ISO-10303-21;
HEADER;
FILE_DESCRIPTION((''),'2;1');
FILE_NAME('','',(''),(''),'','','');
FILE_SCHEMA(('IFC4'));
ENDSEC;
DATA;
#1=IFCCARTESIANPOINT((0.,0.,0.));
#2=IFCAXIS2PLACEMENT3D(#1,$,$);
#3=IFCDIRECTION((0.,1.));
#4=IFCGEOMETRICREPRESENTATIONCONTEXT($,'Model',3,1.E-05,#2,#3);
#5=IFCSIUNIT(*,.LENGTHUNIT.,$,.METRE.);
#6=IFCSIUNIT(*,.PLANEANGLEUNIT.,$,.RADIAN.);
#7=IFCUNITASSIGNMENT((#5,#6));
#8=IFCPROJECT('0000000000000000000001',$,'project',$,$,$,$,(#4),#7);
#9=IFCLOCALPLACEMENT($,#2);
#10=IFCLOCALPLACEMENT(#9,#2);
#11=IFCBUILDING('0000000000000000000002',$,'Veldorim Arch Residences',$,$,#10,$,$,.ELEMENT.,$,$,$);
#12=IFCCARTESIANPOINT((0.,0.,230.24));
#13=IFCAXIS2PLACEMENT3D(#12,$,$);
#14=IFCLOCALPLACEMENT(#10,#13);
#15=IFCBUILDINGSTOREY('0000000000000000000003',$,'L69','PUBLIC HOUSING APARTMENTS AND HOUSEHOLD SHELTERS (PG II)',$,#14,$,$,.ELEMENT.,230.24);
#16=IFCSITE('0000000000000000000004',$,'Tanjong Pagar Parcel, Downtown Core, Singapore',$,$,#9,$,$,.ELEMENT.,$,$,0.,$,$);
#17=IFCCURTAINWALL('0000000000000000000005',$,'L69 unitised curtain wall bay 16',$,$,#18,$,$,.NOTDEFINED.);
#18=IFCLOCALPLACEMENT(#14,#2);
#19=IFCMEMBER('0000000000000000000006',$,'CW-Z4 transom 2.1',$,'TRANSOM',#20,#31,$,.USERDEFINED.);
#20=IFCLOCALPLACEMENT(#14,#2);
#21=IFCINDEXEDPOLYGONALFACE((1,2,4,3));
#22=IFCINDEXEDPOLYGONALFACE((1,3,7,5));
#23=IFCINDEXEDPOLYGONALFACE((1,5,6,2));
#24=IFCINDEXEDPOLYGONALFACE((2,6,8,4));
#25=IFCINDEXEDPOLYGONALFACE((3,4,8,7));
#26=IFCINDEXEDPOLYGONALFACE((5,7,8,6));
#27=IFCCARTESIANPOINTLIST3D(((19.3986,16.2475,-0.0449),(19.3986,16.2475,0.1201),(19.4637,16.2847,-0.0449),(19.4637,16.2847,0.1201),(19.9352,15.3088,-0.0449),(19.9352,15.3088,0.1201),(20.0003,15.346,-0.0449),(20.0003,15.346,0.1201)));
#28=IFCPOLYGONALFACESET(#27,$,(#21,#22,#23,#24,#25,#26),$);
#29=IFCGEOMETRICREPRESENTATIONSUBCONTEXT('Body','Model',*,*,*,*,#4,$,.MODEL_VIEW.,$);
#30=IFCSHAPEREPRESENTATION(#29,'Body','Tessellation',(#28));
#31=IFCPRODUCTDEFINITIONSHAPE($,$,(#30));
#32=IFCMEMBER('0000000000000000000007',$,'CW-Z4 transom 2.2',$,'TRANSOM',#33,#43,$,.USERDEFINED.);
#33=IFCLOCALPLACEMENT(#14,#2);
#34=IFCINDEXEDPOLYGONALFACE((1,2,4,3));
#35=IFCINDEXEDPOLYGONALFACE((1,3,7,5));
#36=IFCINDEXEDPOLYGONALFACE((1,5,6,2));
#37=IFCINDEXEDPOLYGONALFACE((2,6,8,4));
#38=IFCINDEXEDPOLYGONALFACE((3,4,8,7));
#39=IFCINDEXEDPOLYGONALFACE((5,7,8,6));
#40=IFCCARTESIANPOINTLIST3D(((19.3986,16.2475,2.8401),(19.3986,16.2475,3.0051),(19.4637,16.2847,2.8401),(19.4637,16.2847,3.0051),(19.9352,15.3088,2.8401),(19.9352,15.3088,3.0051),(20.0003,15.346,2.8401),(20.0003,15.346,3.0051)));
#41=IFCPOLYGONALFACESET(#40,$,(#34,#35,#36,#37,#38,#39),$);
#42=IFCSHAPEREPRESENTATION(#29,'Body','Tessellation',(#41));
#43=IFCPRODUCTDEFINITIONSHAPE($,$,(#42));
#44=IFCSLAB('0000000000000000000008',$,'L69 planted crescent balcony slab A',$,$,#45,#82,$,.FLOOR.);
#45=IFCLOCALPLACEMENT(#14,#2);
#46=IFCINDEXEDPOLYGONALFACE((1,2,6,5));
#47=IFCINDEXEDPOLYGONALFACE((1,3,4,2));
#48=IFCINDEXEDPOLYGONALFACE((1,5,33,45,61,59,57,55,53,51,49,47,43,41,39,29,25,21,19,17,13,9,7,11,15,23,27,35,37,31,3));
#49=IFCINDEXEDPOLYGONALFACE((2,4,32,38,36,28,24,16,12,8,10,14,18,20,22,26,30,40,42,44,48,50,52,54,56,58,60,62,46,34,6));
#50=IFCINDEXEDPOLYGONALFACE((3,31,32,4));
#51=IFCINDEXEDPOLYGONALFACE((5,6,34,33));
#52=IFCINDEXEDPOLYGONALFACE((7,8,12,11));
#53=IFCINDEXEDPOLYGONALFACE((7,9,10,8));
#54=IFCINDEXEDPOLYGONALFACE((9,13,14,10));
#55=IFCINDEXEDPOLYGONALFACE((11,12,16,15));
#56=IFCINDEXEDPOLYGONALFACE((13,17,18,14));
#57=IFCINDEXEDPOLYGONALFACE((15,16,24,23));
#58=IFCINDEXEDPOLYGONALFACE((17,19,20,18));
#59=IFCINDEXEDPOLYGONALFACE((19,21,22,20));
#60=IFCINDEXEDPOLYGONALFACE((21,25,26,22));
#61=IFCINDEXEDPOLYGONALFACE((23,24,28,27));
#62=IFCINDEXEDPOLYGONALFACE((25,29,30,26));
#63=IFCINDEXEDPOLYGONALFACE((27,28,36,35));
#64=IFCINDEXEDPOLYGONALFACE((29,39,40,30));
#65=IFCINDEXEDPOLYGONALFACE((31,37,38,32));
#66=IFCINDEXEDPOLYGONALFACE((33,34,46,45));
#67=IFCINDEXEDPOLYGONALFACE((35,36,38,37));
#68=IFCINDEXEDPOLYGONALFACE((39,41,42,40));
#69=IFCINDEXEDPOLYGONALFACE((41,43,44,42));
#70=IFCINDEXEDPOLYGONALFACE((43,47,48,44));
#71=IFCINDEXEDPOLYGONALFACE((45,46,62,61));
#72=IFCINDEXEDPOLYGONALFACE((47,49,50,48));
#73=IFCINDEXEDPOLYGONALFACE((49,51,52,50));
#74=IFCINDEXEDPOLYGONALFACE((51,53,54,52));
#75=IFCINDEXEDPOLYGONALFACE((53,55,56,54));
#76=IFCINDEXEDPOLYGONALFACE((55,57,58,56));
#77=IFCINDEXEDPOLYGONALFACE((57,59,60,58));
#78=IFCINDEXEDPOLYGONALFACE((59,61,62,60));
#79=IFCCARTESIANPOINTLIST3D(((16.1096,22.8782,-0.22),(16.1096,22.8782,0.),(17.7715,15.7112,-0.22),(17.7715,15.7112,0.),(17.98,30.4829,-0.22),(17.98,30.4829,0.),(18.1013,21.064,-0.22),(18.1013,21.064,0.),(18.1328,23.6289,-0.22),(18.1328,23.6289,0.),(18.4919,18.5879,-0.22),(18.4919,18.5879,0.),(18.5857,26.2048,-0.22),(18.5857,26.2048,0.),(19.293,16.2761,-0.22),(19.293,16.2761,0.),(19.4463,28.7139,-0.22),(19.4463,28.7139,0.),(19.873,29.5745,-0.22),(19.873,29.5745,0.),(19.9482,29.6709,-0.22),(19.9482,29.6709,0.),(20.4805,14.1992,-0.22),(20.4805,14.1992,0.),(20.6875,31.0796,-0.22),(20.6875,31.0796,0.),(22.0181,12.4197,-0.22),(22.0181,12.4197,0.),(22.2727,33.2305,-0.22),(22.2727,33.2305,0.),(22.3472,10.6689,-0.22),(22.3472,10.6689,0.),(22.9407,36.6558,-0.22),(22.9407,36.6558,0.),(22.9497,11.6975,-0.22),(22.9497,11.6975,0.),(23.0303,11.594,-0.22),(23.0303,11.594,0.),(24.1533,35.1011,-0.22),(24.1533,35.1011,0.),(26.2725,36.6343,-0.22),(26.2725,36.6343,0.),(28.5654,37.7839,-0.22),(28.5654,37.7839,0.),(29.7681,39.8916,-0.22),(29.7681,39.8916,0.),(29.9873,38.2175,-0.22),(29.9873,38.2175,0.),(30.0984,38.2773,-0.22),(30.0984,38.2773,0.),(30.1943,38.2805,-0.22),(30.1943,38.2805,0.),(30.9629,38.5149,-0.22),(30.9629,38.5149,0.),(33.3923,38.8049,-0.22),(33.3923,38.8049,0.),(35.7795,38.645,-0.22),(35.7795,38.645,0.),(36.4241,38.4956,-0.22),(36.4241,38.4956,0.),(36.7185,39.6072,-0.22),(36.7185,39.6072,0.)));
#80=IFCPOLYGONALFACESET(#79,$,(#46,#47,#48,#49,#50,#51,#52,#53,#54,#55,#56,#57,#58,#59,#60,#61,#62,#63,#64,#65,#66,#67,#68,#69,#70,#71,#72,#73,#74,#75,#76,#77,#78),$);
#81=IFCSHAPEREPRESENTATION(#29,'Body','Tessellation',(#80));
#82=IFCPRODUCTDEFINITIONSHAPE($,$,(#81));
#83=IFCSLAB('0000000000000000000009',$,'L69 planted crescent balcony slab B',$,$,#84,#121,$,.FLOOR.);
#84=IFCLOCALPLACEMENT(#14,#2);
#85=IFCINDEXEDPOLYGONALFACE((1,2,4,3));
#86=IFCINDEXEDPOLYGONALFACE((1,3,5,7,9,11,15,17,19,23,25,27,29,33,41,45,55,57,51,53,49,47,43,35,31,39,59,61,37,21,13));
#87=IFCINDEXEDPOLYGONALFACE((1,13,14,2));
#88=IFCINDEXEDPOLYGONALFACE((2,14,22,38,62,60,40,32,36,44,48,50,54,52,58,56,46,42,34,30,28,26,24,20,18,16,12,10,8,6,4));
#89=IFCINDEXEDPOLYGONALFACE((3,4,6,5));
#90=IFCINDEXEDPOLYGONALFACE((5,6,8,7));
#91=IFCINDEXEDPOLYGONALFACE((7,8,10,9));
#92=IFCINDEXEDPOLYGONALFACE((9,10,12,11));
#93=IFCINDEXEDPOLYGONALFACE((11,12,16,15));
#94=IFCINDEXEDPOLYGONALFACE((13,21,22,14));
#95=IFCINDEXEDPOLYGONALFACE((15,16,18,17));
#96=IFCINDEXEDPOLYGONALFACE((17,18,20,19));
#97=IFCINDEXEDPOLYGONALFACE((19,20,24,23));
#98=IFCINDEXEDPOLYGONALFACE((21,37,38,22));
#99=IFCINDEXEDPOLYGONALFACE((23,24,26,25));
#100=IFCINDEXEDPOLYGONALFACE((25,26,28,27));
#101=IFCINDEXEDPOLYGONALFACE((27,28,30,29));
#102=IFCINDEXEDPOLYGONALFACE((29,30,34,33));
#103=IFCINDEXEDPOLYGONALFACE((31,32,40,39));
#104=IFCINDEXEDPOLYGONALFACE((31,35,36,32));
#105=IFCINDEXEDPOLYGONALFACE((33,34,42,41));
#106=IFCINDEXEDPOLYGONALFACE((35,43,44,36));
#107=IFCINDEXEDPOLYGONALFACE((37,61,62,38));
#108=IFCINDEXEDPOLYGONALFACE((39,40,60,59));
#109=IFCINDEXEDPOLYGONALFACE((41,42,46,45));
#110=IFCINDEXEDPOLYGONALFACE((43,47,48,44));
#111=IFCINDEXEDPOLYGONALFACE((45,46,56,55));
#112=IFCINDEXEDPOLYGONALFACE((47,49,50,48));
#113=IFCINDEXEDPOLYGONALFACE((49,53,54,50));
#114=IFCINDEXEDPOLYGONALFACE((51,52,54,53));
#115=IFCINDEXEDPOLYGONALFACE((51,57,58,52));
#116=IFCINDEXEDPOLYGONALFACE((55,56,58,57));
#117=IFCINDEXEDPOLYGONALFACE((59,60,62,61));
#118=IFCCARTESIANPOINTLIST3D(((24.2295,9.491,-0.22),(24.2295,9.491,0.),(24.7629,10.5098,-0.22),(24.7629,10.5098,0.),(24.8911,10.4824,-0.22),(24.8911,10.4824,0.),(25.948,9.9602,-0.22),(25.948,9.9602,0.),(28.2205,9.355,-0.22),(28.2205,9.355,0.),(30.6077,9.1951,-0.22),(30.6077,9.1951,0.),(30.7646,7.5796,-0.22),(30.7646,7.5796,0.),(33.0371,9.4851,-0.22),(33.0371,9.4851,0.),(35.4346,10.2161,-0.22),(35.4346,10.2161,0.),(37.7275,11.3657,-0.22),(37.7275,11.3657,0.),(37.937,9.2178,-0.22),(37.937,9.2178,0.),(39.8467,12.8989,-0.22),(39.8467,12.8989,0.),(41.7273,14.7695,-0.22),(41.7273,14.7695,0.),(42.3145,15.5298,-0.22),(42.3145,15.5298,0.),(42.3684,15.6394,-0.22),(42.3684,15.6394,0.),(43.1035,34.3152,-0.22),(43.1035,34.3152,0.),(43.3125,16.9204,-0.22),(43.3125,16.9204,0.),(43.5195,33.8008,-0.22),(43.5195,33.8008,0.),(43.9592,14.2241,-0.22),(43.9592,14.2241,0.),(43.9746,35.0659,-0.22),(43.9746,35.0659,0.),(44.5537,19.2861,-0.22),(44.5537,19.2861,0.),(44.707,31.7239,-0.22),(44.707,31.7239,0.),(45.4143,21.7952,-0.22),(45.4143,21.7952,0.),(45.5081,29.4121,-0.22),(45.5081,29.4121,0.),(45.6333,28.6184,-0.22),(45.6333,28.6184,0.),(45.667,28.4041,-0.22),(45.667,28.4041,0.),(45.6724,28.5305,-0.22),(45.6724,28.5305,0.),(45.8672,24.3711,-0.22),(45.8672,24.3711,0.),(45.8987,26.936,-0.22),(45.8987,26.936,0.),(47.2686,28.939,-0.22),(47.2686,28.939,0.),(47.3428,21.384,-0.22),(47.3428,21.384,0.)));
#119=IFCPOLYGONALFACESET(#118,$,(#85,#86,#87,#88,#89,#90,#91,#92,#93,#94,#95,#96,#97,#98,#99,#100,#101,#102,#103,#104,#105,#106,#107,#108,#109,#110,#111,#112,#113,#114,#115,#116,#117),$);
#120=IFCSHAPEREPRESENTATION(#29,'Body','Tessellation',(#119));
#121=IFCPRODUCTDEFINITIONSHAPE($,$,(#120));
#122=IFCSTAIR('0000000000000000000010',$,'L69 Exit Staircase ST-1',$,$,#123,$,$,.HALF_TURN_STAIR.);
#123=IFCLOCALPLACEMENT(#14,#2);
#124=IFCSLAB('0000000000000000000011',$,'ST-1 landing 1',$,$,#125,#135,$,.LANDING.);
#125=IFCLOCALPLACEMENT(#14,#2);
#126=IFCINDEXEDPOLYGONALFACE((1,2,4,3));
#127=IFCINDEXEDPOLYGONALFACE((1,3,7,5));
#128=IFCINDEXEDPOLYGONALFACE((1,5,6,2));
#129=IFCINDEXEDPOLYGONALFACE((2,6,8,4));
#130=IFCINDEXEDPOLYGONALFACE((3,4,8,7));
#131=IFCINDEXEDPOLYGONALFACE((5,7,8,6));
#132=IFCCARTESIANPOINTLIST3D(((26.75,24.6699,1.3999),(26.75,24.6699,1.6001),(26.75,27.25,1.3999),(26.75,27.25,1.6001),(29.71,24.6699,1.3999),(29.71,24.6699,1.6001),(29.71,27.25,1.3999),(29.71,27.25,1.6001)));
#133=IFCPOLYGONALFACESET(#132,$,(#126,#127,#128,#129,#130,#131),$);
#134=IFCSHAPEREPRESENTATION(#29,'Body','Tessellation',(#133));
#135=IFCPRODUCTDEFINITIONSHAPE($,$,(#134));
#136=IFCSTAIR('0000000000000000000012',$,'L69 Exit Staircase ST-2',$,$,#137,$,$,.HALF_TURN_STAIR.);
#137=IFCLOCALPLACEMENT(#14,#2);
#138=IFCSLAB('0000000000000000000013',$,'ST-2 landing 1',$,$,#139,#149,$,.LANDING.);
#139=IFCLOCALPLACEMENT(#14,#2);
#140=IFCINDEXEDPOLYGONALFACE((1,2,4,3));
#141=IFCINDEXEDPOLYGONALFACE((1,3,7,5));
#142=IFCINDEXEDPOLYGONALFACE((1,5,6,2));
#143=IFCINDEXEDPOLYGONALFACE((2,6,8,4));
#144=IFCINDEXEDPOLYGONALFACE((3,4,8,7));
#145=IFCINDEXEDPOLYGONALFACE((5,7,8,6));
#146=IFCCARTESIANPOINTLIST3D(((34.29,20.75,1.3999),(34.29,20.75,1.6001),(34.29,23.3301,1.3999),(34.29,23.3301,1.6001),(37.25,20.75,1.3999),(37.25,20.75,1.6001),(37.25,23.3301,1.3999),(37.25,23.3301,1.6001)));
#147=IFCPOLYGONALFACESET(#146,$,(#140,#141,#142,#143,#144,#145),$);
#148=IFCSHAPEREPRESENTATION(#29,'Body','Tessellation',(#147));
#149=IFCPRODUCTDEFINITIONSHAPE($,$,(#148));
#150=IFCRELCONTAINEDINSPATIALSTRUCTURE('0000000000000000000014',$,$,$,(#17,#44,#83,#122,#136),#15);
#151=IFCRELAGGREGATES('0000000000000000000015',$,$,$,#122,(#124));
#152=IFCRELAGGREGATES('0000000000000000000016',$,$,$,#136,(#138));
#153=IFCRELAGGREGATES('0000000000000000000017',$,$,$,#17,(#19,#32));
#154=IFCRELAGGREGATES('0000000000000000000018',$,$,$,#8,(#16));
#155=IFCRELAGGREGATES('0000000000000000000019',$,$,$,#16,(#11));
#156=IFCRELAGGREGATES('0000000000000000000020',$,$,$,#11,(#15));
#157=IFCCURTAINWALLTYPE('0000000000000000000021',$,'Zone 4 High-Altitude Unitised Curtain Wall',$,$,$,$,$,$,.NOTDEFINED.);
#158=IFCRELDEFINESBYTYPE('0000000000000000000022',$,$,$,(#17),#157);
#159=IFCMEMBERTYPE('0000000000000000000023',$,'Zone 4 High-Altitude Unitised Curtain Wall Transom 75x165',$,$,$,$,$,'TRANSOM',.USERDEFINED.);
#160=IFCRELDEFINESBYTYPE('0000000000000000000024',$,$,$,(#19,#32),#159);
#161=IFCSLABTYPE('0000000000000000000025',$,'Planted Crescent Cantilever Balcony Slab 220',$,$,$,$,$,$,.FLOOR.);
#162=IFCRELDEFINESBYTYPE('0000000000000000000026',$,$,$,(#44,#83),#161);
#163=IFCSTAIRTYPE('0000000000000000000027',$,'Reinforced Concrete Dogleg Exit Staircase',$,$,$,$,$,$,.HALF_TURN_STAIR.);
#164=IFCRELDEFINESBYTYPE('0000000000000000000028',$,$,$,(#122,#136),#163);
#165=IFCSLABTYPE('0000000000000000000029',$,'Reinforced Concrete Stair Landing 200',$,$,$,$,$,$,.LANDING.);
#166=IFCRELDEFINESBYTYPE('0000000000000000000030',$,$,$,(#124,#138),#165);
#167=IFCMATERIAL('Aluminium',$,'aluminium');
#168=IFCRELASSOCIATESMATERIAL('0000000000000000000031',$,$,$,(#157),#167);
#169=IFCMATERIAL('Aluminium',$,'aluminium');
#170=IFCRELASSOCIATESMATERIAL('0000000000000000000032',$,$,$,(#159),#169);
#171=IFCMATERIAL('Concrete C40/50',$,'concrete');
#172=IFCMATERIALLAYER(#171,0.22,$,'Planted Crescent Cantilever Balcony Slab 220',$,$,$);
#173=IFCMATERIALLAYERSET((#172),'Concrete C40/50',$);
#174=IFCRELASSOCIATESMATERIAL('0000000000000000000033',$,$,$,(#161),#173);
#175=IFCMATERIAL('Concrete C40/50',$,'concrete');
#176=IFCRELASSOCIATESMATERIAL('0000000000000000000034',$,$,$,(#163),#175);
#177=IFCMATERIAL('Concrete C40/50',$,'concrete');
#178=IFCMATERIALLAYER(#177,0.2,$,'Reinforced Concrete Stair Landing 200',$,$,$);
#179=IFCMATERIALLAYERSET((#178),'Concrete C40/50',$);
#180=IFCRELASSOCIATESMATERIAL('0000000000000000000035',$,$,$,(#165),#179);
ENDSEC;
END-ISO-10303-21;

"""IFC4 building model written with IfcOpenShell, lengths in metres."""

from ifc_helpers import new_model, si_unit, direction, frame, origin, origin_2d, place, context, subcontext, project, spatial, polyline, rectangle, outline, extrude, material, layer, layer_set, material_profile, profile_set, type_object, element, aggregate, save


model = new_model("IFC4")

# Units and contexts
model_context = context("Model", 3, precision=1e-05, world=origin(), true_north=direction((0.0, 1.0)))
body_context = subcontext(model_context, "Body", "Model", "MODEL_VIEW")
ifc_project = project(units=[si_unit("LENGTHUNIT", "METRE"), si_unit("PLANEANGLEUNIT", "RADIAN")], contexts=[model_context])

# Site, building, storey
site_placement = place(None, origin())
site = spatial("IfcSite", under=ifc_project, at=site_placement, Name="Tanjong Pagar Parcel, Downtown Core, Singapore", CompositionType="ELEMENT", RefElevation=0.0)
building_placement = place(site_placement, origin())
building = spatial("IfcBuilding", under=site, at=building_placement, Name="Veldorim Arch Residences", CompositionType="ELEMENT")
storey_placement = place(building_placement, frame((0.0, 0.0, 230.24)))
storey = spatial("IfcBuildingStorey", under=building, at=storey_placement, Name="L69", Description="PUBLIC HOUSING APARTMENTS AND HOUSEHOLD SHELTERS (PG II)", CompositionType="ELEMENT", Elevation=230.24)

# Curtain wall, members
ifc_material_1 = material(Name="Aluminium", Category="aluminium")
curtain_wall_type = type_object("IfcCurtainWallType", Name="Zone 4 High-Altitude Unitised Curtain Wall", PredefinedType="NOTDEFINED", material=ifc_material_1)
curtain_wall_placement = place(storey_placement, origin())
curtain_wall = element("IfcCurtainWall", 1, at=curtain_wall_placement, inside=storey, type_object=curtain_wall_type, Name="L69 unitised curtain wall bay 16", PredefinedType="NOTDEFINED")
ifc_material_2 = material(Name="Aluminium", Category="aluminium")
ifc_material_profile_1 = material_profile(ifc_material_2, rectangle(XDim=0.075, YDim=0.165, at=origin_2d()), Name="ALU_TRN_75x165")
ifc_profile_set_1 = profile_set([ifc_material_profile_1], Name="Aluminium")
member_type_1 = type_object("IfcMemberType", Name="Zone 4 High-Altitude Unitised Curtain Wall Transom 75x165", ElementType="TRANSOM", PredefinedType="USERDEFINED", material=ifc_profile_set_1)
member_1_placement = place(storey_placement, frame((19.9678, 15.3274, 0.0376), z_axis=(-0.496285, 0.86816, 0.0), x_axis=(-0.86816, -0.496285, 0.0)))
member_1 = element("IfcMember", 2, at=member_1_placement, type_object=member_type_1, Name="CW-Z4 transom 2.1", ObjectType="TRANSOM", PredefinedType="USERDEFINED", context=body_context, shape_type="SweptSolid", body=[
    extrude(rectangle(XDim=0.075, YDim=0.165, at=origin_2d()), origin(), (0.0, 0.0, 1.0), 1.0813),
])
member_2_placement = place(storey_placement, frame((19.9678, 15.3274, 2.9226), z_axis=(-0.496285, 0.86816, 0.0), x_axis=(-0.86816, -0.496285, 0.0)))
member_2 = element("IfcMember", 3, at=member_2_placement, type_object=member_type_1, Name="CW-Z4 transom 2.2", ObjectType="TRANSOM", PredefinedType="USERDEFINED", context=body_context, shape_type="SweptSolid", body=[
    extrude(rectangle(XDim=0.075, YDim=0.165, at=origin_2d()), origin(), (0.0, 0.0, 1.0), 1.0813),
])

# Slabs
ifc_material_3 = material(Name="Concrete C40/50", Category="concrete")
ifc_layer_1 = layer(ifc_material_3, 0.22, Name="Planted Crescent Cantilever Balcony Slab 220")
ifc_layer_set_1 = layer_set([ifc_layer_1], Name="Concrete C40/50")
slab_type_1 = type_object("IfcSlabType", Name="Planted Crescent Cantilever Balcony Slab 220", PredefinedType="FLOOR", material=ifc_layer_set_1)
slab_1_placement = place(storey_placement, frame((0.0, 0.0, -0.22)))
element("IfcSlab", 4, at=slab_1_placement, inside=storey, type_object=slab_type_1, Name="L69 planted crescent balcony slab A", PredefinedType="FLOOR", context=body_context, shape_type="SweptSolid", body=[
    extrude(outline(polyline([(36.4241, 38.4956), (35.7795, 38.645), (33.3923, 38.8049), (30.9629, 38.5149), (30.1943, 38.2805), (30.0984, 38.2773), (29.9873, 38.2175), (28.5654, 37.7839), (26.2725, 36.6343), (24.1533, 35.1011), (22.2727, 33.2305), (20.6875, 31.0796), (19.9482, 29.6709), (19.873, 29.5745), (19.4463, 28.7139), (18.5857, 26.2048), (18.1328, 23.6289), (18.1013, 21.064), (18.4919, 18.5879), (19.293, 16.2761), (20.4805, 14.1992), (22.0181, 12.4197), (22.9497, 11.6975), (23.0303, 11.594), (22.3472, 10.6689), (17.7715, 15.7112), (16.1096, 22.8782), (17.98, 30.4829), (22.9407, 36.6558), (29.7681, 39.8916), (36.7185, 39.6072), (36.4241, 38.4956)])), origin(), (0.0, 0.0, 1.0), 0.22),
])
slab_2_placement = place(storey_placement, frame((0.0, 0.0, -0.22)))
element("IfcSlab", 5, at=slab_2_placement, inside=storey, type_object=slab_type_1, Name="L69 planted crescent balcony slab B", PredefinedType="FLOOR", context=body_context, shape_type="SweptSolid", body=[
    extrude(outline(polyline([(24.8911, 10.4824), (25.948, 9.9602), (28.2205, 9.355), (30.6077, 9.1951), (33.0371, 9.4851), (35.4346, 10.2161), (37.7275, 11.3657), (39.8467, 12.8989), (41.7273, 14.7695), (42.3145, 15.5298), (42.3684, 15.6394), (43.3125, 16.9204), (44.5537, 19.2861), (45.4143, 21.7952), (45.8672, 24.3711), (45.8987, 26.936), (45.667, 28.4041), (45.6724, 28.5305), (45.6333, 28.6184), (45.5081, 29.4121), (44.707, 31.7239), (43.5195, 33.8008), (43.1035, 34.3152), (43.9746, 35.0659), (47.2686, 28.939), (47.3428, 21.384), (43.9592, 14.2241), (37.937, 9.2178), (30.7646, 7.5796), (24.2295, 9.491), (24.7629, 10.5098), (24.8911, 10.4824)])), origin(), (0.0, 0.0, 1.0), 0.22),
])

# Stairs, slabs
ifc_material_4 = material(Name="Concrete C40/50", Category="concrete")
stair_type = type_object("IfcStairType", Name="Reinforced Concrete Dogleg Exit Staircase", PredefinedType="HALF_TURN_STAIR", material=ifc_material_4)
stair_1_placement = place(storey_placement, origin())
stair_1 = element("IfcStair", 6, at=stair_1_placement, inside=storey, type_object=stair_type, Name="L69 Exit Staircase ST-1", PredefinedType="HALF_TURN_STAIR")
ifc_material_5 = material(Name="Concrete C40/50", Category="concrete")
ifc_layer_2 = layer(ifc_material_5, 0.2, Name="Reinforced Concrete Stair Landing 200")
ifc_layer_set_2 = layer_set([ifc_layer_2], Name="Concrete C40/50")
slab_type_2 = type_object("IfcSlabType", Name="Reinforced Concrete Stair Landing 200", PredefinedType="LANDING", material=ifc_layer_set_2)
slab_3_placement = place(storey_placement, frame((0.0, 0.0, 1.3999)))
slab_3 = element("IfcSlab", 7, at=slab_3_placement, type_object=slab_type_2, Name="ST-1 landing 1", PredefinedType="LANDING", context=body_context, shape_type="SweptSolid", body=[
    extrude(outline(polyline([(29.71, 24.6699), (29.71, 27.25), (26.75, 27.25), (26.75, 24.6699), (29.71, 24.6699)])), origin(), (0.0, 0.0, 1.0), 0.2002),
])
aggregate(stair_1, [slab_3])
stair_2_placement = place(storey_placement, origin())
stair_2 = element("IfcStair", 8, at=stair_2_placement, inside=storey, type_object=stair_type, Name="L69 Exit Staircase ST-2", PredefinedType="HALF_TURN_STAIR")
slab_4_placement = place(storey_placement, frame((0.0, 0.0, 1.3999)))
slab_4 = element("IfcSlab", 9, at=slab_4_placement, type_object=slab_type_2, Name="ST-2 landing 1", PredefinedType="LANDING", context=body_context, shape_type="SweptSolid", body=[
    extrude(outline(polyline([(34.29, 23.3301), (34.29, 20.75), (37.25, 20.75), (37.25, 23.3301), (34.29, 23.3301)])), origin(), (0.0, 0.0, 1.0), 0.2002),
])
aggregate(stair_2, [slab_4])

aggregate(curtain_wall, [member_1, member_2])

save(model, "model.ifc")
